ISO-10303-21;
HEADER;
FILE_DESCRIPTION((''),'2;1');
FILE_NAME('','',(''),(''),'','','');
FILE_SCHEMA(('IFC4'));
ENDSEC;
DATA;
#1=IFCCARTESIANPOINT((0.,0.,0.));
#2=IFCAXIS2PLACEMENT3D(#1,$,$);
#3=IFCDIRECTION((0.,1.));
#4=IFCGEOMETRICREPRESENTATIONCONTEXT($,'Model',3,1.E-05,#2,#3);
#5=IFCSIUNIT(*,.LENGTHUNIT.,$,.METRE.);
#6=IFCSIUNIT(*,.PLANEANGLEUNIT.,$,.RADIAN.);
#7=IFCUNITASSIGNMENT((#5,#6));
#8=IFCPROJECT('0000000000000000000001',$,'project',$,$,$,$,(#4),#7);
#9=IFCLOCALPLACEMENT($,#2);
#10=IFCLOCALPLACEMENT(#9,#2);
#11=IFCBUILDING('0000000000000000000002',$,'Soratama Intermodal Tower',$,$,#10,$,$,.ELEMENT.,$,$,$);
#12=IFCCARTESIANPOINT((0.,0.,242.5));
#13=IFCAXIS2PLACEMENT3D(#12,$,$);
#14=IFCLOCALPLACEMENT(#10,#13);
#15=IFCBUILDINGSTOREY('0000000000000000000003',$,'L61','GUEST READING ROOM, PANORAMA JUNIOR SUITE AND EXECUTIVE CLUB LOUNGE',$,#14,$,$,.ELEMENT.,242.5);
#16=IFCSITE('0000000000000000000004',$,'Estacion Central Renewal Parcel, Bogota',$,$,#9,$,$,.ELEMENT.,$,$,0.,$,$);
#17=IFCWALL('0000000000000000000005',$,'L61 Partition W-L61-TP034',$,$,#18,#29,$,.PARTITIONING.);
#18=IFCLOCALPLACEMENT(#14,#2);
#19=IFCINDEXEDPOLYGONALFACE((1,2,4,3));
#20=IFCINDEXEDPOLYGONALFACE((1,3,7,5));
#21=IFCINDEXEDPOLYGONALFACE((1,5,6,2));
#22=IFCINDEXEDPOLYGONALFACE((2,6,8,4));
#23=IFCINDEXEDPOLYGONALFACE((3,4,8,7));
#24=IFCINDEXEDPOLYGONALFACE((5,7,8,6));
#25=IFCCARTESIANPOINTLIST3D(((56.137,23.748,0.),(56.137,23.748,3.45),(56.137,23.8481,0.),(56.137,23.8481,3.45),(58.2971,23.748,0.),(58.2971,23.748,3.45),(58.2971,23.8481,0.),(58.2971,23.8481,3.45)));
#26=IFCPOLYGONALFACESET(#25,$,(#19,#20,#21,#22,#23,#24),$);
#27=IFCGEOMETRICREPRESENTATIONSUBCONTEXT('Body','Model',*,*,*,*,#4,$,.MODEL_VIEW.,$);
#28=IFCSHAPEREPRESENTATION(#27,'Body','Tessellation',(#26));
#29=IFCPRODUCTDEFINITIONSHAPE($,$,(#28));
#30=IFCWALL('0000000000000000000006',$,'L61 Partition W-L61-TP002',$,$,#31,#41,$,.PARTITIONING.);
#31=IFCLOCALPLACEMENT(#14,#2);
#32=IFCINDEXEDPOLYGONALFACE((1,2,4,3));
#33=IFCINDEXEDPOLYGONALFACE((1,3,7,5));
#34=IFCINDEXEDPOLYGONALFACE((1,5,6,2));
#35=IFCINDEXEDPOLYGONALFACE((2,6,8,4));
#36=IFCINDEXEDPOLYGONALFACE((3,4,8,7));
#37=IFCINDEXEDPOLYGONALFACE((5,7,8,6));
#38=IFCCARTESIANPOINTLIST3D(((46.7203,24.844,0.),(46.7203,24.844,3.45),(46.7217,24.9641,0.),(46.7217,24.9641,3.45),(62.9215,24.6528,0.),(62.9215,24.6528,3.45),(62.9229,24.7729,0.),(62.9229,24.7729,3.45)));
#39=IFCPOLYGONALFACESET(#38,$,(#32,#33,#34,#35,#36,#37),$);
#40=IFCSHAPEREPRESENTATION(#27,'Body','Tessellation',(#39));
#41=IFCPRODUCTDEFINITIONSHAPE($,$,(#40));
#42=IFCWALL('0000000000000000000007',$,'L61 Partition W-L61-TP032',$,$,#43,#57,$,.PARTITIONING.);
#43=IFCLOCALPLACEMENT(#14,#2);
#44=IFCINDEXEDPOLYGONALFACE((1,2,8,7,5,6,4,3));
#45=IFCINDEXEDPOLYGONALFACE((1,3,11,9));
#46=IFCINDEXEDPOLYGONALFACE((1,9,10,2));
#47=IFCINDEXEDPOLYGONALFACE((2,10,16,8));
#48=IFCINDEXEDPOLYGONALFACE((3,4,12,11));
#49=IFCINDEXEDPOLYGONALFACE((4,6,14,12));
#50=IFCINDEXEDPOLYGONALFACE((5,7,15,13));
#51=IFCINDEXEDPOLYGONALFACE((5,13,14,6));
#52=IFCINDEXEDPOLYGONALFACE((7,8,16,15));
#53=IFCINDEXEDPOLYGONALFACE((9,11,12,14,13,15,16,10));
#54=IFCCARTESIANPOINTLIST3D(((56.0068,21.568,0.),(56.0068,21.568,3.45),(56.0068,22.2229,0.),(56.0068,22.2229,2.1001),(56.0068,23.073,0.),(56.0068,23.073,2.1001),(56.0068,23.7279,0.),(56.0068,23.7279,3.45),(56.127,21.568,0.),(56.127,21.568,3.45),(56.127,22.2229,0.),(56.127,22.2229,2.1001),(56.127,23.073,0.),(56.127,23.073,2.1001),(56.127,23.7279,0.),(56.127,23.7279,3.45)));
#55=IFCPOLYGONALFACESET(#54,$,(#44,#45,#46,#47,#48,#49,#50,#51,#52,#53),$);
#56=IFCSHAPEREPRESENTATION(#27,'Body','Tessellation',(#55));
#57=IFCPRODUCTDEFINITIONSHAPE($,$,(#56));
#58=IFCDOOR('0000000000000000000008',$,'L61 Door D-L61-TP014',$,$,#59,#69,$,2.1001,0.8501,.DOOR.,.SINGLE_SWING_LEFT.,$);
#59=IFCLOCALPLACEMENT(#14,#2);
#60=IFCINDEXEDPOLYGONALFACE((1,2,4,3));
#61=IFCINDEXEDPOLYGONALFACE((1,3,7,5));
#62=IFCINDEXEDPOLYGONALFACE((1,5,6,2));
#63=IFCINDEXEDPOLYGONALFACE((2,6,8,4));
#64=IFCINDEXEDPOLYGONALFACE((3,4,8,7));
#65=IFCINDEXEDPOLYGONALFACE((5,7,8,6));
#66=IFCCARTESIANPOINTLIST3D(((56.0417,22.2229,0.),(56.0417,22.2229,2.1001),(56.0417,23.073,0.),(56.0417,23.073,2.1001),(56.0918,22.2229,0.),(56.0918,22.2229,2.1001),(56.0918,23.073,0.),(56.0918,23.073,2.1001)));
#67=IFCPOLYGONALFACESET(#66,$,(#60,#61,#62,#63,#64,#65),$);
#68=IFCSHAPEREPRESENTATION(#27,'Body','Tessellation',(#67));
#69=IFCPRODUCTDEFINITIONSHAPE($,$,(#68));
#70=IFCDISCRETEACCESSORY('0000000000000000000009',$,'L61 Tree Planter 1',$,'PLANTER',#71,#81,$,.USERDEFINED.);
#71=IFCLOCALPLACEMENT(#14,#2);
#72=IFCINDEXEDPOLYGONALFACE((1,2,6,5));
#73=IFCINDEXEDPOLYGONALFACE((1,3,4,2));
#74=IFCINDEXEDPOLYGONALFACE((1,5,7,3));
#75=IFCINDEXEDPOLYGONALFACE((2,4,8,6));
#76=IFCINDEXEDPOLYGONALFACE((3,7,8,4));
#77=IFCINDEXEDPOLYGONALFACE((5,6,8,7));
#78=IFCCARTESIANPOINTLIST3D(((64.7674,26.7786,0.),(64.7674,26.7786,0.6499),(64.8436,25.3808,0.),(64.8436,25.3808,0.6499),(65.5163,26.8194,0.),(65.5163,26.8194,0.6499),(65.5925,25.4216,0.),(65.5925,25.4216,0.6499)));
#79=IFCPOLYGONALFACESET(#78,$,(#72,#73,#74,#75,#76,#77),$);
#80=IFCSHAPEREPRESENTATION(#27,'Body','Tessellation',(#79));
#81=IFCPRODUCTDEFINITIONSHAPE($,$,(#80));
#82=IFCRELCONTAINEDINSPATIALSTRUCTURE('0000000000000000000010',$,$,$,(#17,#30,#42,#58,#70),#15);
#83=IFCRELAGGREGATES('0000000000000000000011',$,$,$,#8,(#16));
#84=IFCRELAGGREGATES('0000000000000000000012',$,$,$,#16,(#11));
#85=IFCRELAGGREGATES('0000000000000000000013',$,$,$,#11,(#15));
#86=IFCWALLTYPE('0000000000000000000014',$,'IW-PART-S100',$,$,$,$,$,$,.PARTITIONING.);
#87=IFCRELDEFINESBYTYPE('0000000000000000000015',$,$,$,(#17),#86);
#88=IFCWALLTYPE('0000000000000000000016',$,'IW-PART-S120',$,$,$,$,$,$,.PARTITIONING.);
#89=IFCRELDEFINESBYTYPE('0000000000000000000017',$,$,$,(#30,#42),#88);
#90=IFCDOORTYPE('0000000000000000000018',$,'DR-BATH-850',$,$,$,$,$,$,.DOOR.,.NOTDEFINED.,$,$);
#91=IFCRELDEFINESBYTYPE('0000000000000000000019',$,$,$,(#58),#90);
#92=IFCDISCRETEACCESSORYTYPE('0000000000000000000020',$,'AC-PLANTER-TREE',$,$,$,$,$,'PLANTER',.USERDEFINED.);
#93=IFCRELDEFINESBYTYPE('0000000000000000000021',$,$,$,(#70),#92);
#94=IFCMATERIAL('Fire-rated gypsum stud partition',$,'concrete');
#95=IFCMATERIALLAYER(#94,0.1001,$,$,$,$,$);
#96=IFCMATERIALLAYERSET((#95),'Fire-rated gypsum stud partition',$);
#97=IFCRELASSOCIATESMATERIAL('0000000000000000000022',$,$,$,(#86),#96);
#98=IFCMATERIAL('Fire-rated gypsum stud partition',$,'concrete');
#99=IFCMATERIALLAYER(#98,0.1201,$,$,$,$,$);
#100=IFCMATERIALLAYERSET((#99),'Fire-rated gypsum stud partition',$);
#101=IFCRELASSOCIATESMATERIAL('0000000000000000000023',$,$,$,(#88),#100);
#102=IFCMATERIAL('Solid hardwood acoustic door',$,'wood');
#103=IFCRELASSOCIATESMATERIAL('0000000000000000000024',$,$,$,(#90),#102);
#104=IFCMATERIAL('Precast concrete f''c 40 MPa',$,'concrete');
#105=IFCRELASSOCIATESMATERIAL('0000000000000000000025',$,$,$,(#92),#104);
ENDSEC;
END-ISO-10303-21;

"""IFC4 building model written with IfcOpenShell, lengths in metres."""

from ifc_helpers import new_model, si_unit, direction, frame, frame_2d, origin, origin_2d, place, context, subcontext, project, spatial, rectangle, extrude, material, layer, layer_set, type_object, element, fill, save


model = new_model("IFC4")

# Units and contexts
model_context = context("Model", 3, precision=1e-05, world=origin(), true_north=direction((0.0, 1.0)))
body_context = subcontext(model_context, "Body", "Model", "MODEL_VIEW")
ifc_project = project(units=[si_unit("LENGTHUNIT", "METRE"), si_unit("PLANEANGLEUNIT", "RADIAN")], contexts=[model_context])

# Site, building, storey
site_placement = place(None, origin())
site = spatial("IfcSite", under=ifc_project, at=site_placement, Name="Estacion Central Renewal Parcel, Bogota", CompositionType="ELEMENT", RefElevation=0.0)
building_placement = place(site_placement, origin())
building = spatial("IfcBuilding", under=site, at=building_placement, Name="Soratama Intermodal Tower", CompositionType="ELEMENT")
storey_placement = place(building_placement, frame((0.0, 0.0, 242.5)))
storey = spatial("IfcBuildingStorey", under=building, at=storey_placement, Name="L61", Description="GUEST READING ROOM, PANORAMA JUNIOR SUITE AND EXECUTIVE CLUB LOUNGE", CompositionType="ELEMENT", Elevation=242.5)

# Walls
ifc_material_1 = material(Name="Fire-rated gypsum stud partition", Category="concrete")
ifc_layer_1 = layer(ifc_material_1, 0.1001)
ifc_layer_set_1 = layer_set([ifc_layer_1], Name="Fire-rated gypsum stud partition")
wall_type_1 = type_object("IfcWallType", Name="IW-PART-S100", PredefinedType="PARTITIONING", material=ifc_layer_set_1)
wall_1_placement = place(storey_placement, frame((58.2971, 23.7981, 0.0), z_axis=(0.0, 0.0, 1.0), x_axis=(-1.0, 0.0, 0.0)))
element("IfcWall", 1, at=wall_1_placement, inside=storey, type_object=wall_type_1, Name="L61 Partition W-L61-TP034", PredefinedType="PARTITIONING", context=body_context, shape_type="SweptSolid", body=[
    extrude(rectangle(XDim=2.1602, YDim=0.1001, at=frame_2d((1.0801, 0.0))), origin(), (0.0, 0.0, 1.0), 3.45),
])
ifc_material_2 = material(Name="Fire-rated gypsum stud partition", Category="concrete")
ifc_layer_2 = layer(ifc_material_2, 0.1201)
ifc_layer_set_2 = layer_set([ifc_layer_2], Name="Fire-rated gypsum stud partition")
wall_type_2 = type_object("IfcWallType", Name="IW-PART-S120", PredefinedType="PARTITIONING", material=ifc_layer_set_2)
wall_2_placement = place(storey_placement, frame((62.9221, 24.7129, 0.0), z_axis=(0.0, 0.0, 1.0), x_axis=(-0.99993, 0.011798, 0.0)))
element("IfcWall", 2, at=wall_2_placement, inside=storey, type_object=wall_type_2, Name="L61 Partition W-L61-TP002", PredefinedType="PARTITIONING", context=body_context, shape_type="SweptSolid", body=[
    extrude(rectangle(XDim=16.2024, YDim=0.1201, at=frame_2d((8.1011, 0.0))), origin(), (0.0, 0.0, 1.0), 3.45),
])

# Wall, opening, door
wall_3_placement = place(storey_placement, frame((56.0669, 23.728, 0.0), z_axis=(0.0, 0.0, 1.0), x_axis=(0.0, -1.0, 0.0)))
wall_3 = element("IfcWall", 3, at=wall_3_placement, inside=storey, type_object=wall_type_2, Name="L61 Partition W-L61-TP032", PredefinedType="PARTITIONING", context=body_context, shape_type="SweptSolid", body=[
    extrude(rectangle(XDim=2.1599, YDim=0.1201, at=frame_2d((1.0801, 0.0))), origin(), (0.0, 0.0, 1.0), 3.45),
])
opening_1_placement = place(wall_3_placement, frame((0.655, 0.0, 0.0)))
opening_1 = element("IfcOpeningElement", 4, at=opening_1_placement, cuts=wall_3, PredefinedType="OPENING", context=body_context, shape_type="SweptSolid", body=[
    extrude(rectangle(XDim=0.8501, YDim=2.1001, at=frame_2d((0.425, 1.05))), frame((0.0, 0.0701, 0.0), z_axis=(0.0, -1.0, 0.0), x_axis=(1.0, 0.0, 0.0)), (0.0, 0.0, 1.0), 0.1401),
])
ifc_material_3 = material(Name="Solid hardwood acoustic door", Category="wood")
door_type_1 = type_object("IfcDoorType", Name="DR-BATH-850", OperationType="NOTDEFINED", PredefinedType="DOOR", material=ifc_material_3)
door_1_placement = place(opening_1_placement, origin())
door_1 = element("IfcDoor", 5, at=door_1_placement, inside=storey, type_object=door_type_1, Name="L61 Door D-L61-TP014", OperationType="SINGLE_SWING_LEFT", OverallHeight=2.1001, OverallWidth=0.8501, PredefinedType="DOOR", context=body_context, shape_type="SweptSolid", body=[
    extrude(rectangle(XDim=0.8501, YDim=2.1001, at=frame_2d((0.425, 1.05))), frame((0.0, 0.0249, 0.0), z_axis=(0.0, -1.0, 0.0), x_axis=(1.0, 0.0, 0.0)), (0.0, 0.0, 1.0), 0.05),
])
fill(opening_1, door_1)

# Discrete accessory
ifc_material_4 = material(Name="Precast concrete f'c 40 MPa", Category="concrete")
discrete_accessory_type = type_object("IfcDiscreteAccessoryType", Name="AC-PLANTER-TREE", ElementType="PLANTER", PredefinedType="USERDEFINED", material=ifc_material_4)
discrete_accessory_placement = place(storey_placement, frame((65.1799, 26.1001, 0.0), z_axis=(0.0, 0.0, 1.0), x_axis=(0.998518, 0.054427, 0.0)))
element("IfcDiscreteAccessory", 6, at=discrete_accessory_placement, inside=storey, type_object=discrete_accessory_type, Name="L61 Tree Planter 1", ObjectType="PLANTER", PredefinedType="USERDEFINED", context=body_context, shape_type="SweptSolid", body=[
    extrude(rectangle(XDim=0.75, YDim=1.3999, at=origin_2d()), origin(), (0.0, 0.0, 1.0), 0.6499),
])

save(model, "model.ifc")
